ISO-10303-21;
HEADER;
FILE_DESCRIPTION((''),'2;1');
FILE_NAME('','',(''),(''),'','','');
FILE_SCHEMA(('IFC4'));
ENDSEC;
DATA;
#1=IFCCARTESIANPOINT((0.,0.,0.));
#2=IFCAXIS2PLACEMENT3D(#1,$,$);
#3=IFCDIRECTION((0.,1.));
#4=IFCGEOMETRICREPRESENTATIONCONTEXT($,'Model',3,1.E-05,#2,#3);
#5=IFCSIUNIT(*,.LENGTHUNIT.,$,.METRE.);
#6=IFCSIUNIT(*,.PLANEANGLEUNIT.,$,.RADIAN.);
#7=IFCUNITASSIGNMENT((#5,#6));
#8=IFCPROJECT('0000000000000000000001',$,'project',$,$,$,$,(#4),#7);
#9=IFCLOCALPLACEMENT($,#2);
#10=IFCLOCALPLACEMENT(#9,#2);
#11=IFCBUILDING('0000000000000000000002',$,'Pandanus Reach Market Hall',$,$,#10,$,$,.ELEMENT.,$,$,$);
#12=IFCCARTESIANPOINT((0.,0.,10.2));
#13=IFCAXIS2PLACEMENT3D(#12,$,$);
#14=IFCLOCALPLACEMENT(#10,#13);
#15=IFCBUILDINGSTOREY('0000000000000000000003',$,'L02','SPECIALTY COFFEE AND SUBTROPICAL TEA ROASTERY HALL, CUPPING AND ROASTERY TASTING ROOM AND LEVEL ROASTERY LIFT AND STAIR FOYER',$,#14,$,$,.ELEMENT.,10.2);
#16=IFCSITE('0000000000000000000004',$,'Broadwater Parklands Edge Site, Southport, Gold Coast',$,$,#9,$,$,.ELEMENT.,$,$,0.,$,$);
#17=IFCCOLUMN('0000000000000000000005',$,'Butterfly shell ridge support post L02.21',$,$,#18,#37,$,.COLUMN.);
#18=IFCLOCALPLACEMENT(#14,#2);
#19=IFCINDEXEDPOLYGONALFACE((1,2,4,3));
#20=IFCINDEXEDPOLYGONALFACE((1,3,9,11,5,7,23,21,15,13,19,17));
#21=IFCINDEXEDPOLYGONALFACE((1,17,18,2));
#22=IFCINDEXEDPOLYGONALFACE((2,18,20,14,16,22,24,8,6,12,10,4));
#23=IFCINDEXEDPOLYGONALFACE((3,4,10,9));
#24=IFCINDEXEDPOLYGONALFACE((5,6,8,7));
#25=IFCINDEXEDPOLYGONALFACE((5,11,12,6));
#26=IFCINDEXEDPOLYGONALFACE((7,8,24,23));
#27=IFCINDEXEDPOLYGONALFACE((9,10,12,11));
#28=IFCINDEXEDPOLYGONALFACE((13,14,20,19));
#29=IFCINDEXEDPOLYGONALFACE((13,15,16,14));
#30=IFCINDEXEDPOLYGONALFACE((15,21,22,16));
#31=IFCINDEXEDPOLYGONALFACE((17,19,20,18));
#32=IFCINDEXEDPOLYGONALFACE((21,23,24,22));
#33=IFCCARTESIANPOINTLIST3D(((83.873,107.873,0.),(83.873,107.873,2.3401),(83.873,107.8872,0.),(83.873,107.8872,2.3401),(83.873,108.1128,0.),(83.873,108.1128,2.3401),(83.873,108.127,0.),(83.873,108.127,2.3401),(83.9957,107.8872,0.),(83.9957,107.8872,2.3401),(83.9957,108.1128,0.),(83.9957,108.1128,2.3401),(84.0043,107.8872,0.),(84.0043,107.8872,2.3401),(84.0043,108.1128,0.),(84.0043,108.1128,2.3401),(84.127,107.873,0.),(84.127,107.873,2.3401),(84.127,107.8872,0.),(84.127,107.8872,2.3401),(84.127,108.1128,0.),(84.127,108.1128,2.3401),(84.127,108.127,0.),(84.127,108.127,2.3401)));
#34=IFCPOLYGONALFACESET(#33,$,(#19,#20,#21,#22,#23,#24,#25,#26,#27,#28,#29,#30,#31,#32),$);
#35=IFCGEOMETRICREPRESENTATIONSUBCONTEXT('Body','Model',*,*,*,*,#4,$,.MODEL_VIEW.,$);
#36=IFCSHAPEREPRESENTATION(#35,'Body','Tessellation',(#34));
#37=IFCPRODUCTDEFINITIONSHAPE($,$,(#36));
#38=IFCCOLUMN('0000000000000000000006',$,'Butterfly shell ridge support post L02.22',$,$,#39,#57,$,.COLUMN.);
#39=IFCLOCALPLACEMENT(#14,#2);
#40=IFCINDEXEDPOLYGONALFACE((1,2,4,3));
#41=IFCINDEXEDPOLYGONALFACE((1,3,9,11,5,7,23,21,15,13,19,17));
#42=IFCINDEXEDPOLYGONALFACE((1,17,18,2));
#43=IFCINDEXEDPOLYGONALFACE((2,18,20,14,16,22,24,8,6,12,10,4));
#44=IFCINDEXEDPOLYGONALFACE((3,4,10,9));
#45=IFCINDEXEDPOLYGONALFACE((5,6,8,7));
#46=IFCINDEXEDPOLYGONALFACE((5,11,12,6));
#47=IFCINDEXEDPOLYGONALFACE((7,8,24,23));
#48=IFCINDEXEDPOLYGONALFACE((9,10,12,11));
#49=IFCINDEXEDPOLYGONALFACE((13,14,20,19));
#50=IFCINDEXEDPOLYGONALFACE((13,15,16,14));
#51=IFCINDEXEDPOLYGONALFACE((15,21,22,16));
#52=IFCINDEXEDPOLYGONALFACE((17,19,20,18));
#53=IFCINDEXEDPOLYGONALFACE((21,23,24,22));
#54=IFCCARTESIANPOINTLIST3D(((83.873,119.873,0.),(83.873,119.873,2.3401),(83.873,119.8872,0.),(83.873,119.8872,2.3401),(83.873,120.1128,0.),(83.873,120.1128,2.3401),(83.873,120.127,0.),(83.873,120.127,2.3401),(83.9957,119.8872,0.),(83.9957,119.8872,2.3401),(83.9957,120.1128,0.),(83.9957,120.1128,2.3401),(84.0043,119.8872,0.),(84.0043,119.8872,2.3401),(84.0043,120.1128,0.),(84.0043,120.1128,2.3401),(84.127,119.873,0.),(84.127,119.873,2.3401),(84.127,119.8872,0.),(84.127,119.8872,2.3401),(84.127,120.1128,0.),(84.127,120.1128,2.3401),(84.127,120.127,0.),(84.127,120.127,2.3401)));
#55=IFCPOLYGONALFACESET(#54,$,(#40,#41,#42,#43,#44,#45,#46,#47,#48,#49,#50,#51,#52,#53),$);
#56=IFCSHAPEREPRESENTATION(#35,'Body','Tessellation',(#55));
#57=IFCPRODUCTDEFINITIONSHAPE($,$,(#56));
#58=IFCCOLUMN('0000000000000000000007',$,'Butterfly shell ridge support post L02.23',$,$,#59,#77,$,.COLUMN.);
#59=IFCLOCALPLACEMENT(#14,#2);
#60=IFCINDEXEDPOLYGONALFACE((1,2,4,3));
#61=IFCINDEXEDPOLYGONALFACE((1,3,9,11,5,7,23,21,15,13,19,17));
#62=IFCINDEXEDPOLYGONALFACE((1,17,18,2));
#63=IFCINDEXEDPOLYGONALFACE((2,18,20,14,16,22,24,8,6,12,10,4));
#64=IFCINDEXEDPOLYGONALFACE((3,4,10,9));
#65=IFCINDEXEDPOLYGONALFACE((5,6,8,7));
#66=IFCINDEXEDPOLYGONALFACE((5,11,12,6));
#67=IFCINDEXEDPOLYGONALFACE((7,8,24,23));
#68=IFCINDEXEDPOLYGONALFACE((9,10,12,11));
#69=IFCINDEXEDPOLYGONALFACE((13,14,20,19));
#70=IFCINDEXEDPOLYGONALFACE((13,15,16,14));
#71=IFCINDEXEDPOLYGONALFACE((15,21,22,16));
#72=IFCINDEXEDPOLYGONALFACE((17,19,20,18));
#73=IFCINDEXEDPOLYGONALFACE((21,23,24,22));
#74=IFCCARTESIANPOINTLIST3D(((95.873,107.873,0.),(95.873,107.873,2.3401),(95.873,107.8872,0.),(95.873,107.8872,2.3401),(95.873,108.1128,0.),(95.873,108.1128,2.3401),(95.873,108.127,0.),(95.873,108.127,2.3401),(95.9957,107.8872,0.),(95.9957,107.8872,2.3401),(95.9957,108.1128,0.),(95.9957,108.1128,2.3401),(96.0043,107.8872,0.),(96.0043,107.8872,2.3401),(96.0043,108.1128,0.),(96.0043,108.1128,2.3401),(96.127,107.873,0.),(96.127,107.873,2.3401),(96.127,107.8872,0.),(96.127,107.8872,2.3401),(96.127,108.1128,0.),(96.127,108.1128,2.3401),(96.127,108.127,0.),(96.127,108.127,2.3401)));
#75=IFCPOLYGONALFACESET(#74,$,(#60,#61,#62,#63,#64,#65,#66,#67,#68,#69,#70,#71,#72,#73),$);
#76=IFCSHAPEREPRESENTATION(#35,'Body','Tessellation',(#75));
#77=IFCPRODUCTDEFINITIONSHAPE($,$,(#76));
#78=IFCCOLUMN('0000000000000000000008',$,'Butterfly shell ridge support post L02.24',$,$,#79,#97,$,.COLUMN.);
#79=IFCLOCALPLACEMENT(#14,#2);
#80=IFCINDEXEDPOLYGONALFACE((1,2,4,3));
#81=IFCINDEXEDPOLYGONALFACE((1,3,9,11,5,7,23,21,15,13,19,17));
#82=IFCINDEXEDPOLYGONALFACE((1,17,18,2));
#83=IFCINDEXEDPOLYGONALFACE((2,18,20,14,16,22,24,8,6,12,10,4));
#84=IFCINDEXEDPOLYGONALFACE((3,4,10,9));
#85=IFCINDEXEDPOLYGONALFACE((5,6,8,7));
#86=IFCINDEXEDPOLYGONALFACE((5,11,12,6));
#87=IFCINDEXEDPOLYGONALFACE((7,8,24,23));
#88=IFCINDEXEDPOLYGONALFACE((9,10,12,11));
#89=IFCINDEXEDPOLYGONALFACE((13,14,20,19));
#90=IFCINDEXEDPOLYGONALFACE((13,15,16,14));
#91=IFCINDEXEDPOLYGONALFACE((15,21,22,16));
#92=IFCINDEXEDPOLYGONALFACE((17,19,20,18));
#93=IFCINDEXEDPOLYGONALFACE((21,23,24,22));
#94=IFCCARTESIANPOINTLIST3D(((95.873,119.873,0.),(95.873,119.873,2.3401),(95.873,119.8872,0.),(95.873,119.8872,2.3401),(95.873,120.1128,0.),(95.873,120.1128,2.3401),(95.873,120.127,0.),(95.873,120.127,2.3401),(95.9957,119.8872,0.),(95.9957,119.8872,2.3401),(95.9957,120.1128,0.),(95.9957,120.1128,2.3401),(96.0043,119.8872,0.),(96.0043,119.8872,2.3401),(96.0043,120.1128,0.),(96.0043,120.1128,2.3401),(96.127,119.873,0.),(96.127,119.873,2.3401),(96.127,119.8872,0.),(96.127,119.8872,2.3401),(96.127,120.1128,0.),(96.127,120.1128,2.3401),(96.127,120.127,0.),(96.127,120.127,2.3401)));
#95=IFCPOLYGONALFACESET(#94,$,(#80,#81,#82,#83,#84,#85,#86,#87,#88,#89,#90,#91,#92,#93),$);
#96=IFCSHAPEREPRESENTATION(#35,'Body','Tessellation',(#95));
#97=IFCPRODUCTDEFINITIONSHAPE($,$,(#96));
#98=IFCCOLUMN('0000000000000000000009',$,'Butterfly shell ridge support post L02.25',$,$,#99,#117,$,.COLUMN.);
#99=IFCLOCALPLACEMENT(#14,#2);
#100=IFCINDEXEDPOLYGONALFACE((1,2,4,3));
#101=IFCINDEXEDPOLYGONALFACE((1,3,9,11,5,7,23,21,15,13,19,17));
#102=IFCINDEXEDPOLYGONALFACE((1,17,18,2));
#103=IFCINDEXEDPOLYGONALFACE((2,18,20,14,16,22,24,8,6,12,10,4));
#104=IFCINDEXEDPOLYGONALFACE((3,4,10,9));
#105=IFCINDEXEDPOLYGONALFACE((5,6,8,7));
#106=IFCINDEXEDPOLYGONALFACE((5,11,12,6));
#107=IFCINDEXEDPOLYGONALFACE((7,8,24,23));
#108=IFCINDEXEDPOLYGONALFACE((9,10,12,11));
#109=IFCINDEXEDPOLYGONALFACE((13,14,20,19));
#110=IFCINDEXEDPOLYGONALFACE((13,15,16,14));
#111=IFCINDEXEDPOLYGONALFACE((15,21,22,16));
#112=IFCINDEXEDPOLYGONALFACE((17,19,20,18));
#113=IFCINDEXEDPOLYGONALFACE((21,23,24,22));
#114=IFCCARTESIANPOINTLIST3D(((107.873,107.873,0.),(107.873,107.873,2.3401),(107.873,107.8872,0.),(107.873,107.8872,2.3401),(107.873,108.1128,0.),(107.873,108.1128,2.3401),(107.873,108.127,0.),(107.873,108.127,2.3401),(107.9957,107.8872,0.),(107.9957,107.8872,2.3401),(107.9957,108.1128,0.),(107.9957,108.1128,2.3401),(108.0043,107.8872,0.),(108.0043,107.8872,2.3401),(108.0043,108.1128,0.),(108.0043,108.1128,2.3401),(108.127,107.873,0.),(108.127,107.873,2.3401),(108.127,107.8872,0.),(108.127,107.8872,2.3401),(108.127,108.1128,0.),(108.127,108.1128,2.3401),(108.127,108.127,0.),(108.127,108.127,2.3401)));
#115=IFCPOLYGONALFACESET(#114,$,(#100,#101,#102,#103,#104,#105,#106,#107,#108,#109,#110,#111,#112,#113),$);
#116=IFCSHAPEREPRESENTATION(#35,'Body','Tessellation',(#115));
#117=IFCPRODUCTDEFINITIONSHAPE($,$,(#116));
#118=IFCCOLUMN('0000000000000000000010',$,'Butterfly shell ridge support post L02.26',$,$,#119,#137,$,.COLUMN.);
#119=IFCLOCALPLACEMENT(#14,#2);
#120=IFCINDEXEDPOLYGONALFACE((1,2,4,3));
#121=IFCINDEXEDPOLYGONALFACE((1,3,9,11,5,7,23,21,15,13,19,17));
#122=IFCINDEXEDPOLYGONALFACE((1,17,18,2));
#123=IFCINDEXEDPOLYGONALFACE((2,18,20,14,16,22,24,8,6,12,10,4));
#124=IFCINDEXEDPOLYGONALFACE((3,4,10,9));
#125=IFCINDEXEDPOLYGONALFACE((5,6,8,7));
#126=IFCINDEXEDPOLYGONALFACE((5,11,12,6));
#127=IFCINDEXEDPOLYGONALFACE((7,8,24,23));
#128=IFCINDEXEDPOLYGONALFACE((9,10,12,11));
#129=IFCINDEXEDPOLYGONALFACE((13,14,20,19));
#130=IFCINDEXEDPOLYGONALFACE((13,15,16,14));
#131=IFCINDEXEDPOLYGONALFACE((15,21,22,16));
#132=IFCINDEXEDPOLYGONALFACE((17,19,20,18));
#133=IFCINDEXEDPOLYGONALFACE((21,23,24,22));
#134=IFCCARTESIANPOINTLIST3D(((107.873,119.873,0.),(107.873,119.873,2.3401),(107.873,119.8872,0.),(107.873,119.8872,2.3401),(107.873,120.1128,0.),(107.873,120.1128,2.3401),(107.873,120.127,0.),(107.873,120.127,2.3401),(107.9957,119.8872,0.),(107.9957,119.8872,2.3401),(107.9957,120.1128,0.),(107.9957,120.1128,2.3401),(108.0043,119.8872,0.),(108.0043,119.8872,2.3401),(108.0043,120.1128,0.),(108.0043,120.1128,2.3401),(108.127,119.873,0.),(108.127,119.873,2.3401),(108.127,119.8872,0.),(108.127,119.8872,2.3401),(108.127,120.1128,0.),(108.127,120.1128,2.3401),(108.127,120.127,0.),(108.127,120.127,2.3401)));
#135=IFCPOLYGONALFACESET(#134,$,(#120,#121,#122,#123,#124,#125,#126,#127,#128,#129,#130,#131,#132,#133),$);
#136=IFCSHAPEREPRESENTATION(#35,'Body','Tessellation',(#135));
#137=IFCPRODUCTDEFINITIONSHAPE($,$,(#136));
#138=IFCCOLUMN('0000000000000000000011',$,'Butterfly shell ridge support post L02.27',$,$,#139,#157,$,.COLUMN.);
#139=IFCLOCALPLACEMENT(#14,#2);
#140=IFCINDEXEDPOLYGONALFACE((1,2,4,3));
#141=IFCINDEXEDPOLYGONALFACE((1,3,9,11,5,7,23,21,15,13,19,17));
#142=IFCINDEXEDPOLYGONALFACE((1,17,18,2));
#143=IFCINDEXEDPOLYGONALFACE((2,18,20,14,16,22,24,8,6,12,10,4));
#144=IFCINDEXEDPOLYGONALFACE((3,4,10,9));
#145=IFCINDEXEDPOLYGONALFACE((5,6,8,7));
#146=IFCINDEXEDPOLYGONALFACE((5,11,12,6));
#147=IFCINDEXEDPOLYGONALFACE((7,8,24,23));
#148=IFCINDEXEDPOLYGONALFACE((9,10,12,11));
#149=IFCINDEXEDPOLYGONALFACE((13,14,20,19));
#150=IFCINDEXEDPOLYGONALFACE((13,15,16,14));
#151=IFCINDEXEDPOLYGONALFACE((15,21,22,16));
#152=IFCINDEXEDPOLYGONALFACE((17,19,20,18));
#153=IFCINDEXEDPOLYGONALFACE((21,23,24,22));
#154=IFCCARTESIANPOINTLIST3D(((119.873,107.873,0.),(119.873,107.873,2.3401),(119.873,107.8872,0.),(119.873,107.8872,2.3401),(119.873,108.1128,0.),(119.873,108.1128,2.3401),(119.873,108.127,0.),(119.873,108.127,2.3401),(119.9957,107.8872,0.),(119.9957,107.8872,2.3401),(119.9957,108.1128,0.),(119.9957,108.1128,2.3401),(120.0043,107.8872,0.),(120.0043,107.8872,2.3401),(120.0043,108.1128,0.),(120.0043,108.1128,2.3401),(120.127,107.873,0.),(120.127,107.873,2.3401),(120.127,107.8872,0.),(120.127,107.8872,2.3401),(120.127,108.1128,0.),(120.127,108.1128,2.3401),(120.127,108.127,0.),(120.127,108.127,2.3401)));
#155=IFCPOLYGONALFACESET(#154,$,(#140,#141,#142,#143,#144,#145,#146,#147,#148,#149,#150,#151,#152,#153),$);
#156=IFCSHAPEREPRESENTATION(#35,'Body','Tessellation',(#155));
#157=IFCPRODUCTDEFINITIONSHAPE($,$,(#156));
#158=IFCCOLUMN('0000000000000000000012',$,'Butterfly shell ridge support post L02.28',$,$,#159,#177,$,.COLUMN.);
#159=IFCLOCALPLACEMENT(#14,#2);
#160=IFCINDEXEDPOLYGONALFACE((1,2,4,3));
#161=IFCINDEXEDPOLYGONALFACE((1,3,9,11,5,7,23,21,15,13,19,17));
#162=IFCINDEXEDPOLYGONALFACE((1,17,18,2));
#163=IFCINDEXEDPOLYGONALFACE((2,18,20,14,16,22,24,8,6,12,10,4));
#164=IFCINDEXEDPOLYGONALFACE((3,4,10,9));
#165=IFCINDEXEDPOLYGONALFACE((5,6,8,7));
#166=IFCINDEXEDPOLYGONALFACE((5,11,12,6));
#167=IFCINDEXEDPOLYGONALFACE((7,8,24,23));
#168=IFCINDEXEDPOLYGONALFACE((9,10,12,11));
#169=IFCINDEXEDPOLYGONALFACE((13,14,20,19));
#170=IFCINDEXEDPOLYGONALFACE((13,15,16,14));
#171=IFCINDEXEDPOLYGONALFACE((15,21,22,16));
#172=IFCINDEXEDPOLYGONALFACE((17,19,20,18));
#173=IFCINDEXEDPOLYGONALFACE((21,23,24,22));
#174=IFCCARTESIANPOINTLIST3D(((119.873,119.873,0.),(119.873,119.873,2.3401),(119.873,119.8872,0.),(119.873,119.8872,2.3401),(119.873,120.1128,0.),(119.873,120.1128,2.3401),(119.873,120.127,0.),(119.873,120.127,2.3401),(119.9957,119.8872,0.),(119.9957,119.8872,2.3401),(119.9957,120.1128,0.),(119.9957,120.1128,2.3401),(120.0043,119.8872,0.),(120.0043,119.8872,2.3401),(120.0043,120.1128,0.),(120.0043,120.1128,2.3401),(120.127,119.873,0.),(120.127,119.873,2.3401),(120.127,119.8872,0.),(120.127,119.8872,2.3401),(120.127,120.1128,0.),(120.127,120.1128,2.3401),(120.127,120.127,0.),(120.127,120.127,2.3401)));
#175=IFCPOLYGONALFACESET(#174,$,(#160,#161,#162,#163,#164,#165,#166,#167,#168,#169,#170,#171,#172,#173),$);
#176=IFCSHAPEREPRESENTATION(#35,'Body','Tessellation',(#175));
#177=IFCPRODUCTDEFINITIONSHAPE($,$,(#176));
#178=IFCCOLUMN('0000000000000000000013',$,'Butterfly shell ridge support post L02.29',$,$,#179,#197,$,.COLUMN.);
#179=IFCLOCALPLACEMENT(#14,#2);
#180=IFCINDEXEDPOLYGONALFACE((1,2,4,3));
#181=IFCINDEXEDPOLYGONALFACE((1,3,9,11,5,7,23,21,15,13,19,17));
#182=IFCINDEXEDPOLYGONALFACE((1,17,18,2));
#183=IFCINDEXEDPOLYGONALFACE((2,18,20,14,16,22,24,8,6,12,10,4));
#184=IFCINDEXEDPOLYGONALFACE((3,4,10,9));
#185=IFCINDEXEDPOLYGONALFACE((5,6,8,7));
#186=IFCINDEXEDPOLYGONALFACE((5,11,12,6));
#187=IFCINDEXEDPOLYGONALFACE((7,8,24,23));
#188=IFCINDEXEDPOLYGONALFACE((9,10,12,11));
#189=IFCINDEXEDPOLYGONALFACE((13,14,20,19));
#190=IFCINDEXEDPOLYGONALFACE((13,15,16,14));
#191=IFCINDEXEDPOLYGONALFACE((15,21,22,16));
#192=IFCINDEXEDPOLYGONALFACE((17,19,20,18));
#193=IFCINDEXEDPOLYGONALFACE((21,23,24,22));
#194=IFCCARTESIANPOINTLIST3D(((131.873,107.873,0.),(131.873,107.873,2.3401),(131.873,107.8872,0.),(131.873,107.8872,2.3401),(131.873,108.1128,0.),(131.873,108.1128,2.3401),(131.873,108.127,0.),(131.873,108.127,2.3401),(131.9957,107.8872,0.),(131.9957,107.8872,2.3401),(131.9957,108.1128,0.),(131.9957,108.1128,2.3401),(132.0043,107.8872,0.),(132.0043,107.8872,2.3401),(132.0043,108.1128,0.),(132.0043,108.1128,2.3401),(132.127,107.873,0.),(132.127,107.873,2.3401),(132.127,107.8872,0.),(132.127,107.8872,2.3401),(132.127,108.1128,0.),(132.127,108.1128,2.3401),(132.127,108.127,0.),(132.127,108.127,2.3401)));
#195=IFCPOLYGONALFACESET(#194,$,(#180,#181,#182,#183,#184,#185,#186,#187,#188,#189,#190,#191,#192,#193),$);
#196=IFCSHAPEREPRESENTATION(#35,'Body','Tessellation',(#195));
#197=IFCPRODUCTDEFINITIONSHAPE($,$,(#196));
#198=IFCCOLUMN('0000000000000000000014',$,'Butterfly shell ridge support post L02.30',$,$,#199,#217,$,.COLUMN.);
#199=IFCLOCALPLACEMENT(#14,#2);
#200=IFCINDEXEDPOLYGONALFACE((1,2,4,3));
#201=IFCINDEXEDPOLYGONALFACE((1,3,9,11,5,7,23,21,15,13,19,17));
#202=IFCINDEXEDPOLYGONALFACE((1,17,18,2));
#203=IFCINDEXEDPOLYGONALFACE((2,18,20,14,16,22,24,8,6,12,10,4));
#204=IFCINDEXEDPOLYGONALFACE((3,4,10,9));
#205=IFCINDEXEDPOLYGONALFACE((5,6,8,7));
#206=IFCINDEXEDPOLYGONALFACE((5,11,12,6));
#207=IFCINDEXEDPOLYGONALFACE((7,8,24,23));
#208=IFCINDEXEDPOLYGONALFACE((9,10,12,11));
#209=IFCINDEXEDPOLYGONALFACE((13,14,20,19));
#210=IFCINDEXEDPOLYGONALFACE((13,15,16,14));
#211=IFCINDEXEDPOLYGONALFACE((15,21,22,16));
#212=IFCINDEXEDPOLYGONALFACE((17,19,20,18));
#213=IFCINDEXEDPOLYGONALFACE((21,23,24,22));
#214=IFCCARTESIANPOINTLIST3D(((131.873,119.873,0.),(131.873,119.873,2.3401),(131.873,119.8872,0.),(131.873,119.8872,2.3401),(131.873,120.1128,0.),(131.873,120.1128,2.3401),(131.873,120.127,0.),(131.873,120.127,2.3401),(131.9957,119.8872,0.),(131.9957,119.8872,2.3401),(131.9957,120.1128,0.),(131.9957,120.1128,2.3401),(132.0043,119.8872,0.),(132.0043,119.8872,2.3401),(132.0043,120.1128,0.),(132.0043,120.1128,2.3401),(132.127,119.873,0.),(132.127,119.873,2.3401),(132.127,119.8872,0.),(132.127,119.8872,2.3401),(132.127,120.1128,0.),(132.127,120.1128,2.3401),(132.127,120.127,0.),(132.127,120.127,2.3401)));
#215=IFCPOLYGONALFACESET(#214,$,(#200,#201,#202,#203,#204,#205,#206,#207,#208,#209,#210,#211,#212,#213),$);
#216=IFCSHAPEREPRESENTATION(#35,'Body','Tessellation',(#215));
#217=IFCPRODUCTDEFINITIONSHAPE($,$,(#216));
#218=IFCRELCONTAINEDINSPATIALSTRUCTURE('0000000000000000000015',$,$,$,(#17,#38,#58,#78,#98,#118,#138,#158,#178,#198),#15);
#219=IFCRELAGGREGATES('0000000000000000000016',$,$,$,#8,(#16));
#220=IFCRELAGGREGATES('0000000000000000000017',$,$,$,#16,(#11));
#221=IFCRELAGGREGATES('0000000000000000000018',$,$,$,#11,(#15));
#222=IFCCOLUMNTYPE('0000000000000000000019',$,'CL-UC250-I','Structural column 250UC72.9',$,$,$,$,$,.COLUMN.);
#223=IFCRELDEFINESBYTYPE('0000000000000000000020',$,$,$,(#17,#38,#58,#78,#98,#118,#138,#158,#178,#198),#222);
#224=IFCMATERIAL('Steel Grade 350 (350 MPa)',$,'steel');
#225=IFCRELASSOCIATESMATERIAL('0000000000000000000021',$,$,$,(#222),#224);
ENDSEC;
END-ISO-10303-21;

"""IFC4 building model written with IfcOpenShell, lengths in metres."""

from ifc_helpers import new_model, si_unit, direction, frame, origin, origin_2d, place, context, subcontext, project, spatial, i_section, extrude, material, material_profile, profile_set, type_object, element, save


model = new_model("IFC4")

# Units and contexts
model_context = context("Model", 3, precision=1e-05, world=origin(), true_north=direction((0.0, 1.0)))
body_context = subcontext(model_context, "Body", "Model", "MODEL_VIEW")
ifc_project = project(units=[si_unit("LENGTHUNIT", "METRE"), si_unit("PLANEANGLEUNIT", "RADIAN")], contexts=[model_context])

# Site, building, storey
site_placement = place(None, origin())
site = spatial("IfcSite", under=ifc_project, at=site_placement, Name="Broadwater Parklands Edge Site, Southport, Gold Coast", CompositionType="ELEMENT", RefElevation=0.0)
building_placement = place(site_placement, origin())
building = spatial("IfcBuilding", under=site, at=building_placement, Name="Pandanus Reach Market Hall", CompositionType="ELEMENT")
storey_placement = place(building_placement, frame((0.0, 0.0, 10.2)))
storey = spatial("IfcBuildingStorey", under=building, at=storey_placement, Name="L02", Description="SPECIALTY COFFEE AND SUBTROPICAL TEA ROASTERY HALL, CUPPING AND ROASTERY TASTING ROOM AND LEVEL ROASTERY LIFT AND STAIR FOYER", CompositionType="ELEMENT", Elevation=10.2)

# Columns
ifc_material_1 = material(Name="Steel Grade 350 (350 MPa)", Category="steel")
ifc_material_profile_1 = material_profile(ifc_material_1, i_section(OverallWidth=0.2539, OverallDepth=0.2539, WebThickness=0.0085, FlangeThickness=0.0142, at=origin_2d()), Name="250UC72.9", Category="LoadBearing")
ifc_profile_set_1 = profile_set([ifc_material_profile_1], Name="Steel Grade 350 (350 MPa)")
column_type = type_object("IfcColumnType", Name="CL-UC250-I", Description="Structural column 250UC72.9", PredefinedType="COLUMN", material=ifc_profile_set_1)
for number, where, z_axis, x_axis, name in (
    (1, (84.0, 108.0, 0.0), (0.0, 0.0, 1.0), (1.0, 0.0, 0.0), "Butterfly shell ridge support post L02.21"),
    (2, (84.0, 120.0, 0.0), (0.0, 0.0, 1.0), (1.0, 0.0, 0.0), "Butterfly shell ridge support post L02.22"),
    (3, (96.0, 108.0, 0.0), (0.0, 0.0, 1.0), (1.0, 0.0, 0.0), "Butterfly shell ridge support post L02.23"),
    (4, (96.0, 120.0, 0.0), (0.0, 0.0, 1.0), (1.0, 0.0, 0.0), "Butterfly shell ridge support post L02.24"),
    (5, (108.0, 108.0, 0.0), (0.0, 0.0, 1.0), (1.0, 0.0, 0.0), "Butterfly shell ridge support post L02.25"),
    (6, (108.0, 120.0, 0.0), (0.0, 0.0, 1.0), (1.0, 0.0, 0.0), "Butterfly shell ridge support post L02.26"),
    (7, (120.0, 108.0, 0.0), (0.0, 0.0, 1.0), (1.0, 0.0, 0.0), "Butterfly shell ridge support post L02.27"),
    (8, (120.0, 120.0, 0.0), (0.0, 0.0, 1.0), (1.0, 0.0, 0.0), "Butterfly shell ridge support post L02.28"),
    (9, (132.0, 108.0, 0.0), (0.0, 0.0, 1.0), (1.0, 0.0, 0.0), "Butterfly shell ridge support post L02.29"),
    (10, (132.0, 120.0, 0.0), (0.0, 0.0, 1.0), (1.0, 0.0, 0.0), "Butterfly shell ridge support post L02.30"),
):
    element("IfcColumn", number, at=place(storey_placement, frame(where, z_axis=z_axis, x_axis=x_axis)), inside=storey, type_object=column_type, Name=name, PredefinedType="COLUMN", context=body_context, shape_type="SweptSolid", body=[
        extrude(i_section(OverallWidth=0.2539, OverallDepth=0.2539, WebThickness=0.0085, FlangeThickness=0.0142, at=origin_2d()), origin(), (0.0, 0.0, 1.0), 2.3401),
    ])

save(model, "model.ifc")
